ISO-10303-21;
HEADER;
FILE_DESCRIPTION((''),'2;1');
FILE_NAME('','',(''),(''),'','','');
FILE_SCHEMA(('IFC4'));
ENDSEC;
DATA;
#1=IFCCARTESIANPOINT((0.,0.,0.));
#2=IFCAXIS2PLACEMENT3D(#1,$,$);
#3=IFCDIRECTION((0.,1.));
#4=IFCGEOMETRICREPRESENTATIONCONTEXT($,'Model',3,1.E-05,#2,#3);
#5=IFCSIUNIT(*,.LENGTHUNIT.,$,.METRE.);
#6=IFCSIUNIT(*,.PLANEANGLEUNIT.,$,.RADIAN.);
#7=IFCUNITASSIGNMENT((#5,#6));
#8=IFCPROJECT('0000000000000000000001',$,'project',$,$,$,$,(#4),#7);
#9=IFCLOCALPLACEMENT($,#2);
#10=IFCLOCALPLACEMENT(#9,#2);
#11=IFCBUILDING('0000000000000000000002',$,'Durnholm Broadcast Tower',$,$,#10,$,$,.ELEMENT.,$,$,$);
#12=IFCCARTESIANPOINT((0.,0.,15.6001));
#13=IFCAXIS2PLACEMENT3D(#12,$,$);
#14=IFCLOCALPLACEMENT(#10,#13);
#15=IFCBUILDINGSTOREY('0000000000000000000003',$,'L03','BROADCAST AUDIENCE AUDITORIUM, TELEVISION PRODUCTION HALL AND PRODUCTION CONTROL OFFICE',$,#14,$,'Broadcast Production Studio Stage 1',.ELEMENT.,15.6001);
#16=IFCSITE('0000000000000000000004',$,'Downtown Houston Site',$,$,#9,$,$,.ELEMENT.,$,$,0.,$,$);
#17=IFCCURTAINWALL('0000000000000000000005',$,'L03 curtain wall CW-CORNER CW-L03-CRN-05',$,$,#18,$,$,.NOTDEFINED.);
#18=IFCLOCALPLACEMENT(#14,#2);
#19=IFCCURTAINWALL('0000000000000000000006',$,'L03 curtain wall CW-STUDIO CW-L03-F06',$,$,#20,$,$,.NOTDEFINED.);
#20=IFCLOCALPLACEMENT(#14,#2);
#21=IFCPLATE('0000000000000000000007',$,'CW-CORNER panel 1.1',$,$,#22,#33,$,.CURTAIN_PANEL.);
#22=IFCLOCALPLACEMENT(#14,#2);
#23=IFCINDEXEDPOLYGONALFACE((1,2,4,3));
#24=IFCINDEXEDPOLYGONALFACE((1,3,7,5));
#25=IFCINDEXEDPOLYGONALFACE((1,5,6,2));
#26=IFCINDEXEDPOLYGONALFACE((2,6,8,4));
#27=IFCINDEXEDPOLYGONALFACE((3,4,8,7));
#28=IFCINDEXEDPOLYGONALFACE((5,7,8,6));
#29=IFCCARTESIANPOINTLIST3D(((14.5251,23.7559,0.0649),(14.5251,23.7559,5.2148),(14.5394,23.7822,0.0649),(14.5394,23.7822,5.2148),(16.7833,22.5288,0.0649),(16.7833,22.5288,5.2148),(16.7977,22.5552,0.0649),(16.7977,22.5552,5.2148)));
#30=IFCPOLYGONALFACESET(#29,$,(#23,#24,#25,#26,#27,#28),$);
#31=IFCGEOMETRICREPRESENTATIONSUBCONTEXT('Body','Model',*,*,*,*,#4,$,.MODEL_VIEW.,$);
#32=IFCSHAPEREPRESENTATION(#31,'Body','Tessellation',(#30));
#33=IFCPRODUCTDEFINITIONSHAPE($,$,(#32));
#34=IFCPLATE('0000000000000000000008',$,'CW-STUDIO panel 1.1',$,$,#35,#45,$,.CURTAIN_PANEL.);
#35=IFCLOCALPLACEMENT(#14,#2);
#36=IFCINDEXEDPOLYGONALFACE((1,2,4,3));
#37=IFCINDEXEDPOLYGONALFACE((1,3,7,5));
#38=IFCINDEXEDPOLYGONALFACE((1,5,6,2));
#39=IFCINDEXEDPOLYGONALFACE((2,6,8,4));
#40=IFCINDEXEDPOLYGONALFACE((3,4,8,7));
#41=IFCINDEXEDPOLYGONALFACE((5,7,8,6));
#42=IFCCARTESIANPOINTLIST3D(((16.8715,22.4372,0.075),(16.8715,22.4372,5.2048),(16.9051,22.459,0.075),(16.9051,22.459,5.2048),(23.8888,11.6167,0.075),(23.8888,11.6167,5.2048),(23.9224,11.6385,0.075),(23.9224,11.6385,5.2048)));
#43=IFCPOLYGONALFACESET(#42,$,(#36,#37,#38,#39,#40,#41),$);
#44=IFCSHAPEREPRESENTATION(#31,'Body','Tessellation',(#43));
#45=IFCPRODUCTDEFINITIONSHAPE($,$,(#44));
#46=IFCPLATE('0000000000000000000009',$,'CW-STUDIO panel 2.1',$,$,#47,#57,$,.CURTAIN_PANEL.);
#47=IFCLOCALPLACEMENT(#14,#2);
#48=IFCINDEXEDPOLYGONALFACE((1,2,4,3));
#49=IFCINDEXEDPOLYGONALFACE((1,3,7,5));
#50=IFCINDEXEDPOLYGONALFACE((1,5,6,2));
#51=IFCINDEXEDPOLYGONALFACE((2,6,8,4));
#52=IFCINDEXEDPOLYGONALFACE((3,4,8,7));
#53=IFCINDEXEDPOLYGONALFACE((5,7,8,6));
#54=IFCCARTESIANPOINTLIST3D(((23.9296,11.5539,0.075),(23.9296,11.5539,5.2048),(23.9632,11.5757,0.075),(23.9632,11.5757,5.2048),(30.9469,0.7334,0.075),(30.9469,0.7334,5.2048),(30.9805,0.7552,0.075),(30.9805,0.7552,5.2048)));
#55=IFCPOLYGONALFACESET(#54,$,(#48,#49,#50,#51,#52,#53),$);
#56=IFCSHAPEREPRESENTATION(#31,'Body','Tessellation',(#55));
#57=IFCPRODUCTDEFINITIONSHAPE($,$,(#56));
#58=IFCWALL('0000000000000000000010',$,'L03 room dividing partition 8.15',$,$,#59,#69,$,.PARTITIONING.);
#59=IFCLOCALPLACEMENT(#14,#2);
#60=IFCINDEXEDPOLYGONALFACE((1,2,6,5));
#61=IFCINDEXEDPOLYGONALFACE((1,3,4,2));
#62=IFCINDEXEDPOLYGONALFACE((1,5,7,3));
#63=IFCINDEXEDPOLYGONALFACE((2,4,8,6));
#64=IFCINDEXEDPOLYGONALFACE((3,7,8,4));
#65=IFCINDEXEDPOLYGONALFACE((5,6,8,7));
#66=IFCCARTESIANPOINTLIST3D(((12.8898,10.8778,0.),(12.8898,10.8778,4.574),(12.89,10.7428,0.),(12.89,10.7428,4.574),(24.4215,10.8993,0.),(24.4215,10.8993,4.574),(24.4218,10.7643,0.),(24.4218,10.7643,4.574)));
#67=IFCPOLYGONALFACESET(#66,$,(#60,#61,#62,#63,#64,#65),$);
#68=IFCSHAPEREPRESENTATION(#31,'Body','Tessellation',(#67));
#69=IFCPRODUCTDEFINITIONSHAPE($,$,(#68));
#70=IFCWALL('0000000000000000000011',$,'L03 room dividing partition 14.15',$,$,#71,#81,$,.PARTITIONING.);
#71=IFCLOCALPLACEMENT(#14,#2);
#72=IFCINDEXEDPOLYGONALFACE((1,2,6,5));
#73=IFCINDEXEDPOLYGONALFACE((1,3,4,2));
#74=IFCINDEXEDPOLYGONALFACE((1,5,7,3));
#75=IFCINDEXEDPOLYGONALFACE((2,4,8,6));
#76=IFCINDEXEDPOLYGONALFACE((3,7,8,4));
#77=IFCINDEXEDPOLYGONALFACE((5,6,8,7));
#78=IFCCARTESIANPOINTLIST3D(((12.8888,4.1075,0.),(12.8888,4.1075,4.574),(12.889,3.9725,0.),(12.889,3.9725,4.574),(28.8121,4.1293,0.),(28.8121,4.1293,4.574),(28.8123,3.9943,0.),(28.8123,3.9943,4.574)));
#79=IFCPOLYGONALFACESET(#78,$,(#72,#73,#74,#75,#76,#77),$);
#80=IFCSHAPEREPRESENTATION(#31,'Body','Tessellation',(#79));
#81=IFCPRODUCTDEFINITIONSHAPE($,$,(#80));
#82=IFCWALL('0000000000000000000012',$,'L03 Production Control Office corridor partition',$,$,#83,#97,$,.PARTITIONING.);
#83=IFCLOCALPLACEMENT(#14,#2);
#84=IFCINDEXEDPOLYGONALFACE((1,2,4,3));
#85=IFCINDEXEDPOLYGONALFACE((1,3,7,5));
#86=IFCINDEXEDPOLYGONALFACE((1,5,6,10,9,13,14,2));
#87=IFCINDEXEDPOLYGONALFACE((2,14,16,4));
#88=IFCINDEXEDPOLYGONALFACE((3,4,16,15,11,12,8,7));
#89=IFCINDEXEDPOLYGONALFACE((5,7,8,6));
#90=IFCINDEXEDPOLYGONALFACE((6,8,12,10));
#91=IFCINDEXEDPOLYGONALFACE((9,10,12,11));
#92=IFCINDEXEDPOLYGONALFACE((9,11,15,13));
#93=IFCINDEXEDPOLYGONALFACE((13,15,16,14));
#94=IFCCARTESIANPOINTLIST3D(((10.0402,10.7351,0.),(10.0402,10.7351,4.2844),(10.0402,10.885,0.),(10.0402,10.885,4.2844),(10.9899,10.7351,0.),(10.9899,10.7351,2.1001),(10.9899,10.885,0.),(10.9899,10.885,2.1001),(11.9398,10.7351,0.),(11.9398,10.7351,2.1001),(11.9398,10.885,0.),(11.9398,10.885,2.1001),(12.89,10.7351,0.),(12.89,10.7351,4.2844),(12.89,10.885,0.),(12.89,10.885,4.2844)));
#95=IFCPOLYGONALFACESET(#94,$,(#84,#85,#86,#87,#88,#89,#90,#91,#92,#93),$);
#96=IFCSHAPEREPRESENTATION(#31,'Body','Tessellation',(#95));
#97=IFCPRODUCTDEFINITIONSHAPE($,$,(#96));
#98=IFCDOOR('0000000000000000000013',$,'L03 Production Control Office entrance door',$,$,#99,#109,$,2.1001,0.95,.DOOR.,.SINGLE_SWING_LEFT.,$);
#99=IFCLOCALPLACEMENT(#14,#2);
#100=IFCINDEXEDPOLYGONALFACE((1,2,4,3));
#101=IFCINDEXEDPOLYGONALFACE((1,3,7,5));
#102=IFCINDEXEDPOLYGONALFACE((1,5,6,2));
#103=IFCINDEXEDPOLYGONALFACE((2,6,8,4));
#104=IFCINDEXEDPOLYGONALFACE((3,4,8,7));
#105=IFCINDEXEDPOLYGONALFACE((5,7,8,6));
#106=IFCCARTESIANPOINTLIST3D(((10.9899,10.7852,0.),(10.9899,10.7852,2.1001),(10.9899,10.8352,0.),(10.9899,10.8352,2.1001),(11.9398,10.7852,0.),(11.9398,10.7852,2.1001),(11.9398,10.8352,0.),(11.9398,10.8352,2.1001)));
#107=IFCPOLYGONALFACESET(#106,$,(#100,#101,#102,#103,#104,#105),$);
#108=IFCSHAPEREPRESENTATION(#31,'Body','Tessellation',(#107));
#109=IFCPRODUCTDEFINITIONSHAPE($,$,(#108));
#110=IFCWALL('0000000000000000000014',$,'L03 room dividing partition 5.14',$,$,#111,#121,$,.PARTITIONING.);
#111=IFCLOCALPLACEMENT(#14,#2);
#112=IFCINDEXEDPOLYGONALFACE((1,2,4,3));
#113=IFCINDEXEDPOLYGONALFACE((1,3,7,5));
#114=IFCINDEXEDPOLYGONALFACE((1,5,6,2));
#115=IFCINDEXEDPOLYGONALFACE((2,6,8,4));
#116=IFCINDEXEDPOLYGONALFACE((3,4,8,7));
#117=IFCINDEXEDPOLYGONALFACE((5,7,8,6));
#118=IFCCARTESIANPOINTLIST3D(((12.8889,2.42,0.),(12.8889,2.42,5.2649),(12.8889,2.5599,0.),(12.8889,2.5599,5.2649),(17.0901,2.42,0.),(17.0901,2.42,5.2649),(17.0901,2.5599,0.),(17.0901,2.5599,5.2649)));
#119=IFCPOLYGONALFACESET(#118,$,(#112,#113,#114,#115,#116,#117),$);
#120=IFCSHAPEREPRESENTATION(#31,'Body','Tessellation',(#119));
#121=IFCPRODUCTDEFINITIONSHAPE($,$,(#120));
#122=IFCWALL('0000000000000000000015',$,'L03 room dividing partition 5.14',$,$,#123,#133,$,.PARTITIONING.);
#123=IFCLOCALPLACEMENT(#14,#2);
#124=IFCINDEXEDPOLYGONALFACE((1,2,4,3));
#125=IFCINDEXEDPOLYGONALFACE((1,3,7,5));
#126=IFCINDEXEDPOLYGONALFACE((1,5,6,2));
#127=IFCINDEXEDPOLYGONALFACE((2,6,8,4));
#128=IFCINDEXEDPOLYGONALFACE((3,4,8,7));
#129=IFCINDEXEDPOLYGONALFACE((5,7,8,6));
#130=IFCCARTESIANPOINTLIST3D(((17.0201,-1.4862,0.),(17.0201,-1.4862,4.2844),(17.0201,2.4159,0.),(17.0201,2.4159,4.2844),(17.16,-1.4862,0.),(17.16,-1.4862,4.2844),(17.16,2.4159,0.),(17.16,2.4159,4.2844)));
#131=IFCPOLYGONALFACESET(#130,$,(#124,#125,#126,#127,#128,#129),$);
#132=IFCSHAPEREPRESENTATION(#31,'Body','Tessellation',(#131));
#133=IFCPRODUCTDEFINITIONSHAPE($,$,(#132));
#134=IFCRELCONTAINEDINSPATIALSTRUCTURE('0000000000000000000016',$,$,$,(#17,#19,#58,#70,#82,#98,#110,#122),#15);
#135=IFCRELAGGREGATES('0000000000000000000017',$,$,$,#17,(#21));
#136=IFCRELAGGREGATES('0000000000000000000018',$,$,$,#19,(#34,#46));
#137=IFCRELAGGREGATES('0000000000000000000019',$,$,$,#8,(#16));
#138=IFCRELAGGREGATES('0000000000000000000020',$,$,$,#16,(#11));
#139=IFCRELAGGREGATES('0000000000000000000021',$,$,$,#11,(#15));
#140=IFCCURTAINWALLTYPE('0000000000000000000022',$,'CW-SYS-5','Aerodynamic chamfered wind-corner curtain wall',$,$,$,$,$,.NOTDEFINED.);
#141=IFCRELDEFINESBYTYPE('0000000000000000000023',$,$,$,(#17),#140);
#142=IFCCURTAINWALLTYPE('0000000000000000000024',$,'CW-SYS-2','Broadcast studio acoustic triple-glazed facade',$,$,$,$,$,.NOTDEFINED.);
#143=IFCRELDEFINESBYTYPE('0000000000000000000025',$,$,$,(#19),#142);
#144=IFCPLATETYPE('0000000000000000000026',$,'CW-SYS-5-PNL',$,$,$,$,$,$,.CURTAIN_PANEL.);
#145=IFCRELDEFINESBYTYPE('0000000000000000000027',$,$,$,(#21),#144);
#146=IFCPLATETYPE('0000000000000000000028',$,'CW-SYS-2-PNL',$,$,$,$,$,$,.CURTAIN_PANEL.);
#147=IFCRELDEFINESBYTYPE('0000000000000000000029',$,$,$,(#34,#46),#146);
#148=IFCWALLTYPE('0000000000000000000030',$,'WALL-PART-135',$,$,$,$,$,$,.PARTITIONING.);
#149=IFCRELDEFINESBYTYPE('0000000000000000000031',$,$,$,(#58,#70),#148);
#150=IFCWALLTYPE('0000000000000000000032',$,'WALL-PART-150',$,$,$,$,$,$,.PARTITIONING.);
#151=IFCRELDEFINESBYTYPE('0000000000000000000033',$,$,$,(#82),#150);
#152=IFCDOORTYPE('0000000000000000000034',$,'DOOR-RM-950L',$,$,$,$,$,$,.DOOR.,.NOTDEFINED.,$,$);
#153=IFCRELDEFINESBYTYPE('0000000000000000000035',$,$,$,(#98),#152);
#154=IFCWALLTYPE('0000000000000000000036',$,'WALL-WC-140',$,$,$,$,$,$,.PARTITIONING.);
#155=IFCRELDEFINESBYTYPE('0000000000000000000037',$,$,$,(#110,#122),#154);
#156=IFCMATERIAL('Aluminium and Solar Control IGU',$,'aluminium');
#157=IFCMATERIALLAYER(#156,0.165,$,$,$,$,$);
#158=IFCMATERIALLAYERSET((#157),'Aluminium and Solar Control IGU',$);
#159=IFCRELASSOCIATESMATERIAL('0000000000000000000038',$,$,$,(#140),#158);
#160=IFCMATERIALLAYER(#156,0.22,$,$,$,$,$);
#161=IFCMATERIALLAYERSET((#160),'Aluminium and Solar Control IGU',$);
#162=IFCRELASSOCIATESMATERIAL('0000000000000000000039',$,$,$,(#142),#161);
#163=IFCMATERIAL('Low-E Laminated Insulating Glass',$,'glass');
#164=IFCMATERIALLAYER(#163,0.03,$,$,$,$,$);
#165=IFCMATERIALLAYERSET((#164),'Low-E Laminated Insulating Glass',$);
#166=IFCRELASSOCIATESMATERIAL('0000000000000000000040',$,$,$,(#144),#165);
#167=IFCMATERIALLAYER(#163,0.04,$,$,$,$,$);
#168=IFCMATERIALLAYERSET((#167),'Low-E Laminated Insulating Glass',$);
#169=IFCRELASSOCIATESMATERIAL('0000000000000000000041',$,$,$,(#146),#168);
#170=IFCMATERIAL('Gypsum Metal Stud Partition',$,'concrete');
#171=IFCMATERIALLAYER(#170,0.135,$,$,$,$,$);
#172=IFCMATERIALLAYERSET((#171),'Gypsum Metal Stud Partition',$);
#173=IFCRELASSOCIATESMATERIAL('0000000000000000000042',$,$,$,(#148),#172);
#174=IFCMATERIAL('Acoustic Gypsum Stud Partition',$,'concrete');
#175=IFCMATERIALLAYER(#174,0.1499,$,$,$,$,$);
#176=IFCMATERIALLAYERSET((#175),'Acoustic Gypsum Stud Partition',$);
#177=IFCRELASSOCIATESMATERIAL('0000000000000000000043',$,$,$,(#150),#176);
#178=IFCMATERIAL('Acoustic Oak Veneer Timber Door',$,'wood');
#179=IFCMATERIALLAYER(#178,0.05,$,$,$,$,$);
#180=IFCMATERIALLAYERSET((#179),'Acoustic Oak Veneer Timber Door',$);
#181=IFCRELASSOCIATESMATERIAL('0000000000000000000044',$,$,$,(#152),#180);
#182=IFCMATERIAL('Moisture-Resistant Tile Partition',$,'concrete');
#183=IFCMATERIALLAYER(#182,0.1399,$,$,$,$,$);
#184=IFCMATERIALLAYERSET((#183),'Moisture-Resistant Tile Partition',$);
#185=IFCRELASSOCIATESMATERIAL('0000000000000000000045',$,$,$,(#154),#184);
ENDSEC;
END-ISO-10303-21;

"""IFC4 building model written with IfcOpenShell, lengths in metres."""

from ifc_helpers import new_model, si_unit, direction, frame, frame_2d, origin, origin_2d, place, context, subcontext, project, spatial, rectangle, extrude, source, transform, mapped, material, layer, layer_set, type_object, type_shapes, element, fill, aggregate, save


model = new_model("IFC4")

# Units and contexts
model_context = context("Model", 3, precision=1e-05, world=origin(), true_north=direction((0.0, 1.0)))
body_context = subcontext(model_context, "Body", "Model", "MODEL_VIEW")
ifc_project = project(units=[si_unit("LENGTHUNIT", "METRE"), si_unit("PLANEANGLEUNIT", "RADIAN")], contexts=[model_context])

# Site, building, storey
site_placement = place(None, origin())
site = spatial("IfcSite", under=ifc_project, at=site_placement, Name="Downtown Houston Site", CompositionType="ELEMENT", RefElevation=0.0)
building_placement = place(site_placement, origin())
building = spatial("IfcBuilding", under=site, at=building_placement, Name="Durnholm Broadcast Tower", CompositionType="ELEMENT")
storey_placement = place(building_placement, frame((0.0, 0.0, 15.6001)))
storey = spatial("IfcBuildingStorey", under=building, at=storey_placement, Name="L03", Description="BROADCAST AUDIENCE AUDITORIUM, TELEVISION PRODUCTION HALL AND PRODUCTION CONTROL OFFICE", LongName="Broadcast Production Studio Stage 1", CompositionType="ELEMENT", Elevation=15.6001)

# Curtain walls
ifc_material_1 = material(Name="Aluminium and Solar Control IGU", Category="aluminium")
ifc_layer_1 = layer(ifc_material_1, 0.165)
ifc_layer_set_1 = layer_set([ifc_layer_1], Name="Aluminium and Solar Control IGU")
curtain_wall_type_1 = type_object("IfcCurtainWallType", Name="CW-SYS-5", Description="Aerodynamic chamfered wind-corner curtain wall", PredefinedType="NOTDEFINED", material=ifc_layer_set_1)
curtain_wall_1_placement = place(storey_placement, origin())
curtain_wall_1 = element("IfcCurtainWall", 1, at=curtain_wall_1_placement, inside=storey, type_object=curtain_wall_type_1, Name="L03 curtain wall CW-CORNER CW-L03-CRN-05", PredefinedType="NOTDEFINED")
ifc_layer_2 = layer(ifc_material_1, 0.22)
ifc_layer_set_2 = layer_set([ifc_layer_2], Name="Aluminium and Solar Control IGU")
curtain_wall_type_2 = type_object("IfcCurtainWallType", Name="CW-SYS-2", Description="Broadcast studio acoustic triple-glazed facade", PredefinedType="NOTDEFINED", material=ifc_layer_set_2)
curtain_wall_2_placement = place(storey_placement, origin())
curtain_wall_2 = element("IfcCurtainWall", 2, at=curtain_wall_2_placement, inside=storey, type_object=curtain_wall_type_2, Name="L03 curtain wall CW-STUDIO CW-L03-F06", PredefinedType="NOTDEFINED")

# Plates
ifc_material_2 = material(Name="Low-E Laminated Insulating Glass", Category="glass")
ifc_layer_3 = layer(ifc_material_2, 0.03)
ifc_layer_set_3 = layer_set([ifc_layer_3], Name="Low-E Laminated Insulating Glass")
plate_type_1 = type_object("IfcPlateType", Name="CW-SYS-5-PNL", PredefinedType="CURTAIN_PANEL", material=ifc_layer_set_3)
shared_shape_1 = source(origin(), body_context, "Body", "SweptSolid", [
    extrude(rectangle(XDim=2.5701, YDim=0.03, at=origin_2d()), origin(), (0.0, 0.0, 1.0), 5.1499),
])
type_shapes(plate_type_1, [shared_shape_1])
plate_1_placement = place(storey_placement, frame((15.6614, 23.1555, 0.0649), z_axis=(0.0, 0.0, 1.0), x_axis=(0.878663, -0.477442, 0.0)))
plate_1 = element("IfcPlate", 3, at=plate_1_placement, type_object=plate_type_1, Name="CW-CORNER panel 1.1", PredefinedType="CURTAIN_PANEL", context=body_context, shape_type="MappedRepresentation", body=[
    mapped(shared_shape_1, transform((0.0, 0.0, 0.0), x_axis=(1.0, 0.0, 0.0), y_axis=(0.0, 1.0, 0.0), z_axis=(0.0, 0.0, 1.0), scale=1.0)),
])
aggregate(curtain_wall_1, [plate_1])
ifc_layer_4 = layer(ifc_material_2, 0.04)
ifc_layer_set_4 = layer_set([ifc_layer_4], Name="Low-E Laminated Insulating Glass")
plate_type_2 = type_object("IfcPlateType", Name="CW-SYS-2-PNL", PredefinedType="CURTAIN_PANEL", material=ifc_layer_set_4)
shared_shape_2 = source(origin(), body_context, "Body", "SweptSolid", [
    extrude(rectangle(XDim=12.8967, YDim=0.04, at=origin_2d()), origin(), (0.0, 0.0, 1.0), 5.1299),
])
type_shapes(plate_type_2, [shared_shape_2])
plate_2_placement = place(storey_placement, frame((20.397, 17.0378, 0.075), z_axis=(0.0, 0.0, 1.0), x_axis=(0.544117, -0.839009, 0.0)))
plate_2 = element("IfcPlate", 4, at=plate_2_placement, type_object=plate_type_2, Name="CW-STUDIO panel 1.1", PredefinedType="CURTAIN_PANEL", context=body_context, shape_type="MappedRepresentation", body=[
    mapped(shared_shape_2, transform((0.0, 0.0, 0.0), x_axis=(1.0, 0.0, 0.0), y_axis=(0.0, 1.0, 0.0), z_axis=(0.0, 0.0, 1.0), scale=1.0)),
])
plate_3_placement = place(storey_placement, frame((27.4551, 6.1545, 0.075), z_axis=(0.0, 0.0, 1.0), x_axis=(0.544117, -0.839009, 0.0)))
plate_3 = element("IfcPlate", 5, at=plate_3_placement, type_object=plate_type_2, Name="CW-STUDIO panel 2.1", PredefinedType="CURTAIN_PANEL", context=body_context, shape_type="MappedRepresentation", body=[
    mapped(shared_shape_2, transform((0.0, 0.0, 0.0), x_axis=(1.0, 0.0, 0.0), y_axis=(0.0, 1.0, 0.0), z_axis=(0.0, 0.0, 1.0), scale=1.0)),
])
aggregate(curtain_wall_2, [plate_2, plate_3])

# Walls
ifc_material_3 = material(Name="Gypsum Metal Stud Partition", Category="concrete")
ifc_layer_5 = layer(ifc_material_3, 0.135)
ifc_layer_set_5 = layer_set([ifc_layer_5], Name="Gypsum Metal Stud Partition")
wall_type_1 = type_object("IfcWallType", Name="WALL-PART-135", PredefinedType="PARTITIONING", material=ifc_layer_set_5)
wall_1_placement = place(storey_placement, frame((24.4216, 10.8318, 0.0), z_axis=(0.0, 0.0, 1.0), x_axis=(-0.999998, -0.001863, 0.0)))
element("IfcWall", 6, at=wall_1_placement, inside=storey, type_object=wall_type_1, Name="L03 room dividing partition 8.15", PredefinedType="PARTITIONING", context=body_context, shape_type="SweptSolid", body=[
    extrude(rectangle(XDim=11.5317, YDim=0.135, at=frame_2d((5.7659, 0.0))), origin(), (0.0, 0.0, 1.0), 4.574),
])
wall_2_placement = place(storey_placement, frame((12.8889, 4.04, 0.0), z_axis=(0.0, 0.0, 1.0), x_axis=(0.999999, 0.001365, 0.0)))
element("IfcWall", 7, at=wall_2_placement, inside=storey, type_object=wall_type_1, Name="L03 room dividing partition 14.15", PredefinedType="PARTITIONING", context=body_context, shape_type="SweptSolid", body=[
    extrude(rectangle(XDim=15.9233, YDim=0.135, at=frame_2d((7.9617, 0.0))), origin(), (0.0, 0.0, 1.0), 4.574),
])

# Wall, opening, door
ifc_material_4 = material(Name="Acoustic Gypsum Stud Partition", Category="concrete")
ifc_layer_6 = layer(ifc_material_4, 0.1499)
ifc_layer_set_6 = layer_set([ifc_layer_6], Name="Acoustic Gypsum Stud Partition")
wall_type_2 = type_object("IfcWallType", Name="WALL-PART-150", PredefinedType="PARTITIONING", material=ifc_layer_set_6)
wall_3_placement = place(storey_placement, frame((12.8899, 10.8101, 0.0), z_axis=(0.0, 0.0, 1.0), x_axis=(-1.0, 0.0, 0.0)))
wall_3 = element("IfcWall", 8, at=wall_3_placement, inside=storey, type_object=wall_type_2, Name="L03 Production Control Office corridor partition", PredefinedType="PARTITIONING", context=body_context, shape_type="SweptSolid", body=[
    extrude(rectangle(XDim=2.8499, YDim=0.1499, at=frame_2d((1.4248, 0.0))), origin(), (0.0, 0.0, 1.0), 4.2844),
])
opening_placement = place(wall_3_placement, frame((0.95, 0.0, 0.0)))
opening = element("IfcOpeningElement", 9, at=opening_placement, cuts=wall_3, PredefinedType="OPENING", context=body_context, shape_type="SweptSolid", body=[
    extrude(rectangle(XDim=0.95, YDim=2.1001, at=frame_2d((0.4751, 1.05))), frame((0.0, 0.085, 0.0), z_axis=(0.0, -1.0, 0.0), x_axis=(1.0, 0.0, 0.0)), (0.0, 0.0, 1.0), 0.1699),
])
ifc_material_5 = material(Name="Acoustic Oak Veneer Timber Door", Category="wood")
ifc_layer_7 = layer(ifc_material_5, 0.05)
ifc_layer_set_7 = layer_set([ifc_layer_7], Name="Acoustic Oak Veneer Timber Door")
door_type = type_object("IfcDoorType", Name="DOOR-RM-950L", OperationType="NOTDEFINED", PredefinedType="DOOR", material=ifc_layer_set_7)
shared_shape_3 = source(origin(), body_context, "Body", "SweptSolid", [
    extrude(rectangle(XDim=0.95, YDim=2.1001, at=frame_2d((0.4751, 1.05))), frame((0.0, 0.0249, 0.0), z_axis=(0.0, -1.0, 0.0), x_axis=(1.0, 0.0, 0.0)), (0.0, 0.0, 1.0), 0.05),
])
type_shapes(door_type, [shared_shape_3])
door_placement = place(opening_placement, origin())
door = element("IfcDoor", 10, at=door_placement, inside=storey, type_object=door_type, Name="L03 Production Control Office entrance door", OperationType="SINGLE_SWING_LEFT", OverallHeight=2.1001, OverallWidth=0.95, PredefinedType="DOOR", context=body_context, shape_type="MappedRepresentation", body=[
    mapped(shared_shape_3, transform((0.0, 0.0, 0.0), x_axis=(1.0, 0.0, 0.0), y_axis=(0.0, 1.0, 0.0), z_axis=(0.0, 0.0, 1.0), scale=1.0)),
])
fill(opening, door)

# Walls
ifc_material_6 = material(Name="Moisture-Resistant Tile Partition", Category="concrete")
ifc_layer_8 = layer(ifc_material_6, 0.1399)
ifc_layer_set_8 = layer_set([ifc_layer_8], Name="Moisture-Resistant Tile Partition")
wall_type_3 = type_object("IfcWallType", Name="WALL-WC-140", PredefinedType="PARTITIONING", material=ifc_layer_set_8)
wall_4_placement = place(storey_placement, frame((12.8889, 2.49, 0.0), z_axis=(0.0, 0.0, 1.0), x_axis=(1.0, 0.0, 0.0)))
element("IfcWall", 11, at=wall_4_placement, inside=storey, type_object=wall_type_3, Name="L03 room dividing partition 5.14", PredefinedType="PARTITIONING", context=body_context, shape_type="SweptSolid", body=[
    extrude(rectangle(XDim=4.2012, YDim=0.1399, at=frame_2d((2.1006, 0.0))), origin(), (0.0, 0.0, 1.0), 5.2649),
])
wall_5_placement = place(storey_placement, frame((17.0901, 2.416, 0.0), z_axis=(0.0, 0.0, 1.0), x_axis=(0.0, -1.0, 0.0)))
element("IfcWall", 12, at=wall_5_placement, inside=storey, type_object=wall_type_3, Name="L03 room dividing partition 5.14", PredefinedType="PARTITIONING", context=body_context, shape_type="SweptSolid", body=[
    extrude(rectangle(XDim=3.9021, YDim=0.1399, at=frame_2d((1.9512, 0.0))), origin(), (0.0, 0.0, 1.0), 4.2844),
])

save(model, "model.ifc")
